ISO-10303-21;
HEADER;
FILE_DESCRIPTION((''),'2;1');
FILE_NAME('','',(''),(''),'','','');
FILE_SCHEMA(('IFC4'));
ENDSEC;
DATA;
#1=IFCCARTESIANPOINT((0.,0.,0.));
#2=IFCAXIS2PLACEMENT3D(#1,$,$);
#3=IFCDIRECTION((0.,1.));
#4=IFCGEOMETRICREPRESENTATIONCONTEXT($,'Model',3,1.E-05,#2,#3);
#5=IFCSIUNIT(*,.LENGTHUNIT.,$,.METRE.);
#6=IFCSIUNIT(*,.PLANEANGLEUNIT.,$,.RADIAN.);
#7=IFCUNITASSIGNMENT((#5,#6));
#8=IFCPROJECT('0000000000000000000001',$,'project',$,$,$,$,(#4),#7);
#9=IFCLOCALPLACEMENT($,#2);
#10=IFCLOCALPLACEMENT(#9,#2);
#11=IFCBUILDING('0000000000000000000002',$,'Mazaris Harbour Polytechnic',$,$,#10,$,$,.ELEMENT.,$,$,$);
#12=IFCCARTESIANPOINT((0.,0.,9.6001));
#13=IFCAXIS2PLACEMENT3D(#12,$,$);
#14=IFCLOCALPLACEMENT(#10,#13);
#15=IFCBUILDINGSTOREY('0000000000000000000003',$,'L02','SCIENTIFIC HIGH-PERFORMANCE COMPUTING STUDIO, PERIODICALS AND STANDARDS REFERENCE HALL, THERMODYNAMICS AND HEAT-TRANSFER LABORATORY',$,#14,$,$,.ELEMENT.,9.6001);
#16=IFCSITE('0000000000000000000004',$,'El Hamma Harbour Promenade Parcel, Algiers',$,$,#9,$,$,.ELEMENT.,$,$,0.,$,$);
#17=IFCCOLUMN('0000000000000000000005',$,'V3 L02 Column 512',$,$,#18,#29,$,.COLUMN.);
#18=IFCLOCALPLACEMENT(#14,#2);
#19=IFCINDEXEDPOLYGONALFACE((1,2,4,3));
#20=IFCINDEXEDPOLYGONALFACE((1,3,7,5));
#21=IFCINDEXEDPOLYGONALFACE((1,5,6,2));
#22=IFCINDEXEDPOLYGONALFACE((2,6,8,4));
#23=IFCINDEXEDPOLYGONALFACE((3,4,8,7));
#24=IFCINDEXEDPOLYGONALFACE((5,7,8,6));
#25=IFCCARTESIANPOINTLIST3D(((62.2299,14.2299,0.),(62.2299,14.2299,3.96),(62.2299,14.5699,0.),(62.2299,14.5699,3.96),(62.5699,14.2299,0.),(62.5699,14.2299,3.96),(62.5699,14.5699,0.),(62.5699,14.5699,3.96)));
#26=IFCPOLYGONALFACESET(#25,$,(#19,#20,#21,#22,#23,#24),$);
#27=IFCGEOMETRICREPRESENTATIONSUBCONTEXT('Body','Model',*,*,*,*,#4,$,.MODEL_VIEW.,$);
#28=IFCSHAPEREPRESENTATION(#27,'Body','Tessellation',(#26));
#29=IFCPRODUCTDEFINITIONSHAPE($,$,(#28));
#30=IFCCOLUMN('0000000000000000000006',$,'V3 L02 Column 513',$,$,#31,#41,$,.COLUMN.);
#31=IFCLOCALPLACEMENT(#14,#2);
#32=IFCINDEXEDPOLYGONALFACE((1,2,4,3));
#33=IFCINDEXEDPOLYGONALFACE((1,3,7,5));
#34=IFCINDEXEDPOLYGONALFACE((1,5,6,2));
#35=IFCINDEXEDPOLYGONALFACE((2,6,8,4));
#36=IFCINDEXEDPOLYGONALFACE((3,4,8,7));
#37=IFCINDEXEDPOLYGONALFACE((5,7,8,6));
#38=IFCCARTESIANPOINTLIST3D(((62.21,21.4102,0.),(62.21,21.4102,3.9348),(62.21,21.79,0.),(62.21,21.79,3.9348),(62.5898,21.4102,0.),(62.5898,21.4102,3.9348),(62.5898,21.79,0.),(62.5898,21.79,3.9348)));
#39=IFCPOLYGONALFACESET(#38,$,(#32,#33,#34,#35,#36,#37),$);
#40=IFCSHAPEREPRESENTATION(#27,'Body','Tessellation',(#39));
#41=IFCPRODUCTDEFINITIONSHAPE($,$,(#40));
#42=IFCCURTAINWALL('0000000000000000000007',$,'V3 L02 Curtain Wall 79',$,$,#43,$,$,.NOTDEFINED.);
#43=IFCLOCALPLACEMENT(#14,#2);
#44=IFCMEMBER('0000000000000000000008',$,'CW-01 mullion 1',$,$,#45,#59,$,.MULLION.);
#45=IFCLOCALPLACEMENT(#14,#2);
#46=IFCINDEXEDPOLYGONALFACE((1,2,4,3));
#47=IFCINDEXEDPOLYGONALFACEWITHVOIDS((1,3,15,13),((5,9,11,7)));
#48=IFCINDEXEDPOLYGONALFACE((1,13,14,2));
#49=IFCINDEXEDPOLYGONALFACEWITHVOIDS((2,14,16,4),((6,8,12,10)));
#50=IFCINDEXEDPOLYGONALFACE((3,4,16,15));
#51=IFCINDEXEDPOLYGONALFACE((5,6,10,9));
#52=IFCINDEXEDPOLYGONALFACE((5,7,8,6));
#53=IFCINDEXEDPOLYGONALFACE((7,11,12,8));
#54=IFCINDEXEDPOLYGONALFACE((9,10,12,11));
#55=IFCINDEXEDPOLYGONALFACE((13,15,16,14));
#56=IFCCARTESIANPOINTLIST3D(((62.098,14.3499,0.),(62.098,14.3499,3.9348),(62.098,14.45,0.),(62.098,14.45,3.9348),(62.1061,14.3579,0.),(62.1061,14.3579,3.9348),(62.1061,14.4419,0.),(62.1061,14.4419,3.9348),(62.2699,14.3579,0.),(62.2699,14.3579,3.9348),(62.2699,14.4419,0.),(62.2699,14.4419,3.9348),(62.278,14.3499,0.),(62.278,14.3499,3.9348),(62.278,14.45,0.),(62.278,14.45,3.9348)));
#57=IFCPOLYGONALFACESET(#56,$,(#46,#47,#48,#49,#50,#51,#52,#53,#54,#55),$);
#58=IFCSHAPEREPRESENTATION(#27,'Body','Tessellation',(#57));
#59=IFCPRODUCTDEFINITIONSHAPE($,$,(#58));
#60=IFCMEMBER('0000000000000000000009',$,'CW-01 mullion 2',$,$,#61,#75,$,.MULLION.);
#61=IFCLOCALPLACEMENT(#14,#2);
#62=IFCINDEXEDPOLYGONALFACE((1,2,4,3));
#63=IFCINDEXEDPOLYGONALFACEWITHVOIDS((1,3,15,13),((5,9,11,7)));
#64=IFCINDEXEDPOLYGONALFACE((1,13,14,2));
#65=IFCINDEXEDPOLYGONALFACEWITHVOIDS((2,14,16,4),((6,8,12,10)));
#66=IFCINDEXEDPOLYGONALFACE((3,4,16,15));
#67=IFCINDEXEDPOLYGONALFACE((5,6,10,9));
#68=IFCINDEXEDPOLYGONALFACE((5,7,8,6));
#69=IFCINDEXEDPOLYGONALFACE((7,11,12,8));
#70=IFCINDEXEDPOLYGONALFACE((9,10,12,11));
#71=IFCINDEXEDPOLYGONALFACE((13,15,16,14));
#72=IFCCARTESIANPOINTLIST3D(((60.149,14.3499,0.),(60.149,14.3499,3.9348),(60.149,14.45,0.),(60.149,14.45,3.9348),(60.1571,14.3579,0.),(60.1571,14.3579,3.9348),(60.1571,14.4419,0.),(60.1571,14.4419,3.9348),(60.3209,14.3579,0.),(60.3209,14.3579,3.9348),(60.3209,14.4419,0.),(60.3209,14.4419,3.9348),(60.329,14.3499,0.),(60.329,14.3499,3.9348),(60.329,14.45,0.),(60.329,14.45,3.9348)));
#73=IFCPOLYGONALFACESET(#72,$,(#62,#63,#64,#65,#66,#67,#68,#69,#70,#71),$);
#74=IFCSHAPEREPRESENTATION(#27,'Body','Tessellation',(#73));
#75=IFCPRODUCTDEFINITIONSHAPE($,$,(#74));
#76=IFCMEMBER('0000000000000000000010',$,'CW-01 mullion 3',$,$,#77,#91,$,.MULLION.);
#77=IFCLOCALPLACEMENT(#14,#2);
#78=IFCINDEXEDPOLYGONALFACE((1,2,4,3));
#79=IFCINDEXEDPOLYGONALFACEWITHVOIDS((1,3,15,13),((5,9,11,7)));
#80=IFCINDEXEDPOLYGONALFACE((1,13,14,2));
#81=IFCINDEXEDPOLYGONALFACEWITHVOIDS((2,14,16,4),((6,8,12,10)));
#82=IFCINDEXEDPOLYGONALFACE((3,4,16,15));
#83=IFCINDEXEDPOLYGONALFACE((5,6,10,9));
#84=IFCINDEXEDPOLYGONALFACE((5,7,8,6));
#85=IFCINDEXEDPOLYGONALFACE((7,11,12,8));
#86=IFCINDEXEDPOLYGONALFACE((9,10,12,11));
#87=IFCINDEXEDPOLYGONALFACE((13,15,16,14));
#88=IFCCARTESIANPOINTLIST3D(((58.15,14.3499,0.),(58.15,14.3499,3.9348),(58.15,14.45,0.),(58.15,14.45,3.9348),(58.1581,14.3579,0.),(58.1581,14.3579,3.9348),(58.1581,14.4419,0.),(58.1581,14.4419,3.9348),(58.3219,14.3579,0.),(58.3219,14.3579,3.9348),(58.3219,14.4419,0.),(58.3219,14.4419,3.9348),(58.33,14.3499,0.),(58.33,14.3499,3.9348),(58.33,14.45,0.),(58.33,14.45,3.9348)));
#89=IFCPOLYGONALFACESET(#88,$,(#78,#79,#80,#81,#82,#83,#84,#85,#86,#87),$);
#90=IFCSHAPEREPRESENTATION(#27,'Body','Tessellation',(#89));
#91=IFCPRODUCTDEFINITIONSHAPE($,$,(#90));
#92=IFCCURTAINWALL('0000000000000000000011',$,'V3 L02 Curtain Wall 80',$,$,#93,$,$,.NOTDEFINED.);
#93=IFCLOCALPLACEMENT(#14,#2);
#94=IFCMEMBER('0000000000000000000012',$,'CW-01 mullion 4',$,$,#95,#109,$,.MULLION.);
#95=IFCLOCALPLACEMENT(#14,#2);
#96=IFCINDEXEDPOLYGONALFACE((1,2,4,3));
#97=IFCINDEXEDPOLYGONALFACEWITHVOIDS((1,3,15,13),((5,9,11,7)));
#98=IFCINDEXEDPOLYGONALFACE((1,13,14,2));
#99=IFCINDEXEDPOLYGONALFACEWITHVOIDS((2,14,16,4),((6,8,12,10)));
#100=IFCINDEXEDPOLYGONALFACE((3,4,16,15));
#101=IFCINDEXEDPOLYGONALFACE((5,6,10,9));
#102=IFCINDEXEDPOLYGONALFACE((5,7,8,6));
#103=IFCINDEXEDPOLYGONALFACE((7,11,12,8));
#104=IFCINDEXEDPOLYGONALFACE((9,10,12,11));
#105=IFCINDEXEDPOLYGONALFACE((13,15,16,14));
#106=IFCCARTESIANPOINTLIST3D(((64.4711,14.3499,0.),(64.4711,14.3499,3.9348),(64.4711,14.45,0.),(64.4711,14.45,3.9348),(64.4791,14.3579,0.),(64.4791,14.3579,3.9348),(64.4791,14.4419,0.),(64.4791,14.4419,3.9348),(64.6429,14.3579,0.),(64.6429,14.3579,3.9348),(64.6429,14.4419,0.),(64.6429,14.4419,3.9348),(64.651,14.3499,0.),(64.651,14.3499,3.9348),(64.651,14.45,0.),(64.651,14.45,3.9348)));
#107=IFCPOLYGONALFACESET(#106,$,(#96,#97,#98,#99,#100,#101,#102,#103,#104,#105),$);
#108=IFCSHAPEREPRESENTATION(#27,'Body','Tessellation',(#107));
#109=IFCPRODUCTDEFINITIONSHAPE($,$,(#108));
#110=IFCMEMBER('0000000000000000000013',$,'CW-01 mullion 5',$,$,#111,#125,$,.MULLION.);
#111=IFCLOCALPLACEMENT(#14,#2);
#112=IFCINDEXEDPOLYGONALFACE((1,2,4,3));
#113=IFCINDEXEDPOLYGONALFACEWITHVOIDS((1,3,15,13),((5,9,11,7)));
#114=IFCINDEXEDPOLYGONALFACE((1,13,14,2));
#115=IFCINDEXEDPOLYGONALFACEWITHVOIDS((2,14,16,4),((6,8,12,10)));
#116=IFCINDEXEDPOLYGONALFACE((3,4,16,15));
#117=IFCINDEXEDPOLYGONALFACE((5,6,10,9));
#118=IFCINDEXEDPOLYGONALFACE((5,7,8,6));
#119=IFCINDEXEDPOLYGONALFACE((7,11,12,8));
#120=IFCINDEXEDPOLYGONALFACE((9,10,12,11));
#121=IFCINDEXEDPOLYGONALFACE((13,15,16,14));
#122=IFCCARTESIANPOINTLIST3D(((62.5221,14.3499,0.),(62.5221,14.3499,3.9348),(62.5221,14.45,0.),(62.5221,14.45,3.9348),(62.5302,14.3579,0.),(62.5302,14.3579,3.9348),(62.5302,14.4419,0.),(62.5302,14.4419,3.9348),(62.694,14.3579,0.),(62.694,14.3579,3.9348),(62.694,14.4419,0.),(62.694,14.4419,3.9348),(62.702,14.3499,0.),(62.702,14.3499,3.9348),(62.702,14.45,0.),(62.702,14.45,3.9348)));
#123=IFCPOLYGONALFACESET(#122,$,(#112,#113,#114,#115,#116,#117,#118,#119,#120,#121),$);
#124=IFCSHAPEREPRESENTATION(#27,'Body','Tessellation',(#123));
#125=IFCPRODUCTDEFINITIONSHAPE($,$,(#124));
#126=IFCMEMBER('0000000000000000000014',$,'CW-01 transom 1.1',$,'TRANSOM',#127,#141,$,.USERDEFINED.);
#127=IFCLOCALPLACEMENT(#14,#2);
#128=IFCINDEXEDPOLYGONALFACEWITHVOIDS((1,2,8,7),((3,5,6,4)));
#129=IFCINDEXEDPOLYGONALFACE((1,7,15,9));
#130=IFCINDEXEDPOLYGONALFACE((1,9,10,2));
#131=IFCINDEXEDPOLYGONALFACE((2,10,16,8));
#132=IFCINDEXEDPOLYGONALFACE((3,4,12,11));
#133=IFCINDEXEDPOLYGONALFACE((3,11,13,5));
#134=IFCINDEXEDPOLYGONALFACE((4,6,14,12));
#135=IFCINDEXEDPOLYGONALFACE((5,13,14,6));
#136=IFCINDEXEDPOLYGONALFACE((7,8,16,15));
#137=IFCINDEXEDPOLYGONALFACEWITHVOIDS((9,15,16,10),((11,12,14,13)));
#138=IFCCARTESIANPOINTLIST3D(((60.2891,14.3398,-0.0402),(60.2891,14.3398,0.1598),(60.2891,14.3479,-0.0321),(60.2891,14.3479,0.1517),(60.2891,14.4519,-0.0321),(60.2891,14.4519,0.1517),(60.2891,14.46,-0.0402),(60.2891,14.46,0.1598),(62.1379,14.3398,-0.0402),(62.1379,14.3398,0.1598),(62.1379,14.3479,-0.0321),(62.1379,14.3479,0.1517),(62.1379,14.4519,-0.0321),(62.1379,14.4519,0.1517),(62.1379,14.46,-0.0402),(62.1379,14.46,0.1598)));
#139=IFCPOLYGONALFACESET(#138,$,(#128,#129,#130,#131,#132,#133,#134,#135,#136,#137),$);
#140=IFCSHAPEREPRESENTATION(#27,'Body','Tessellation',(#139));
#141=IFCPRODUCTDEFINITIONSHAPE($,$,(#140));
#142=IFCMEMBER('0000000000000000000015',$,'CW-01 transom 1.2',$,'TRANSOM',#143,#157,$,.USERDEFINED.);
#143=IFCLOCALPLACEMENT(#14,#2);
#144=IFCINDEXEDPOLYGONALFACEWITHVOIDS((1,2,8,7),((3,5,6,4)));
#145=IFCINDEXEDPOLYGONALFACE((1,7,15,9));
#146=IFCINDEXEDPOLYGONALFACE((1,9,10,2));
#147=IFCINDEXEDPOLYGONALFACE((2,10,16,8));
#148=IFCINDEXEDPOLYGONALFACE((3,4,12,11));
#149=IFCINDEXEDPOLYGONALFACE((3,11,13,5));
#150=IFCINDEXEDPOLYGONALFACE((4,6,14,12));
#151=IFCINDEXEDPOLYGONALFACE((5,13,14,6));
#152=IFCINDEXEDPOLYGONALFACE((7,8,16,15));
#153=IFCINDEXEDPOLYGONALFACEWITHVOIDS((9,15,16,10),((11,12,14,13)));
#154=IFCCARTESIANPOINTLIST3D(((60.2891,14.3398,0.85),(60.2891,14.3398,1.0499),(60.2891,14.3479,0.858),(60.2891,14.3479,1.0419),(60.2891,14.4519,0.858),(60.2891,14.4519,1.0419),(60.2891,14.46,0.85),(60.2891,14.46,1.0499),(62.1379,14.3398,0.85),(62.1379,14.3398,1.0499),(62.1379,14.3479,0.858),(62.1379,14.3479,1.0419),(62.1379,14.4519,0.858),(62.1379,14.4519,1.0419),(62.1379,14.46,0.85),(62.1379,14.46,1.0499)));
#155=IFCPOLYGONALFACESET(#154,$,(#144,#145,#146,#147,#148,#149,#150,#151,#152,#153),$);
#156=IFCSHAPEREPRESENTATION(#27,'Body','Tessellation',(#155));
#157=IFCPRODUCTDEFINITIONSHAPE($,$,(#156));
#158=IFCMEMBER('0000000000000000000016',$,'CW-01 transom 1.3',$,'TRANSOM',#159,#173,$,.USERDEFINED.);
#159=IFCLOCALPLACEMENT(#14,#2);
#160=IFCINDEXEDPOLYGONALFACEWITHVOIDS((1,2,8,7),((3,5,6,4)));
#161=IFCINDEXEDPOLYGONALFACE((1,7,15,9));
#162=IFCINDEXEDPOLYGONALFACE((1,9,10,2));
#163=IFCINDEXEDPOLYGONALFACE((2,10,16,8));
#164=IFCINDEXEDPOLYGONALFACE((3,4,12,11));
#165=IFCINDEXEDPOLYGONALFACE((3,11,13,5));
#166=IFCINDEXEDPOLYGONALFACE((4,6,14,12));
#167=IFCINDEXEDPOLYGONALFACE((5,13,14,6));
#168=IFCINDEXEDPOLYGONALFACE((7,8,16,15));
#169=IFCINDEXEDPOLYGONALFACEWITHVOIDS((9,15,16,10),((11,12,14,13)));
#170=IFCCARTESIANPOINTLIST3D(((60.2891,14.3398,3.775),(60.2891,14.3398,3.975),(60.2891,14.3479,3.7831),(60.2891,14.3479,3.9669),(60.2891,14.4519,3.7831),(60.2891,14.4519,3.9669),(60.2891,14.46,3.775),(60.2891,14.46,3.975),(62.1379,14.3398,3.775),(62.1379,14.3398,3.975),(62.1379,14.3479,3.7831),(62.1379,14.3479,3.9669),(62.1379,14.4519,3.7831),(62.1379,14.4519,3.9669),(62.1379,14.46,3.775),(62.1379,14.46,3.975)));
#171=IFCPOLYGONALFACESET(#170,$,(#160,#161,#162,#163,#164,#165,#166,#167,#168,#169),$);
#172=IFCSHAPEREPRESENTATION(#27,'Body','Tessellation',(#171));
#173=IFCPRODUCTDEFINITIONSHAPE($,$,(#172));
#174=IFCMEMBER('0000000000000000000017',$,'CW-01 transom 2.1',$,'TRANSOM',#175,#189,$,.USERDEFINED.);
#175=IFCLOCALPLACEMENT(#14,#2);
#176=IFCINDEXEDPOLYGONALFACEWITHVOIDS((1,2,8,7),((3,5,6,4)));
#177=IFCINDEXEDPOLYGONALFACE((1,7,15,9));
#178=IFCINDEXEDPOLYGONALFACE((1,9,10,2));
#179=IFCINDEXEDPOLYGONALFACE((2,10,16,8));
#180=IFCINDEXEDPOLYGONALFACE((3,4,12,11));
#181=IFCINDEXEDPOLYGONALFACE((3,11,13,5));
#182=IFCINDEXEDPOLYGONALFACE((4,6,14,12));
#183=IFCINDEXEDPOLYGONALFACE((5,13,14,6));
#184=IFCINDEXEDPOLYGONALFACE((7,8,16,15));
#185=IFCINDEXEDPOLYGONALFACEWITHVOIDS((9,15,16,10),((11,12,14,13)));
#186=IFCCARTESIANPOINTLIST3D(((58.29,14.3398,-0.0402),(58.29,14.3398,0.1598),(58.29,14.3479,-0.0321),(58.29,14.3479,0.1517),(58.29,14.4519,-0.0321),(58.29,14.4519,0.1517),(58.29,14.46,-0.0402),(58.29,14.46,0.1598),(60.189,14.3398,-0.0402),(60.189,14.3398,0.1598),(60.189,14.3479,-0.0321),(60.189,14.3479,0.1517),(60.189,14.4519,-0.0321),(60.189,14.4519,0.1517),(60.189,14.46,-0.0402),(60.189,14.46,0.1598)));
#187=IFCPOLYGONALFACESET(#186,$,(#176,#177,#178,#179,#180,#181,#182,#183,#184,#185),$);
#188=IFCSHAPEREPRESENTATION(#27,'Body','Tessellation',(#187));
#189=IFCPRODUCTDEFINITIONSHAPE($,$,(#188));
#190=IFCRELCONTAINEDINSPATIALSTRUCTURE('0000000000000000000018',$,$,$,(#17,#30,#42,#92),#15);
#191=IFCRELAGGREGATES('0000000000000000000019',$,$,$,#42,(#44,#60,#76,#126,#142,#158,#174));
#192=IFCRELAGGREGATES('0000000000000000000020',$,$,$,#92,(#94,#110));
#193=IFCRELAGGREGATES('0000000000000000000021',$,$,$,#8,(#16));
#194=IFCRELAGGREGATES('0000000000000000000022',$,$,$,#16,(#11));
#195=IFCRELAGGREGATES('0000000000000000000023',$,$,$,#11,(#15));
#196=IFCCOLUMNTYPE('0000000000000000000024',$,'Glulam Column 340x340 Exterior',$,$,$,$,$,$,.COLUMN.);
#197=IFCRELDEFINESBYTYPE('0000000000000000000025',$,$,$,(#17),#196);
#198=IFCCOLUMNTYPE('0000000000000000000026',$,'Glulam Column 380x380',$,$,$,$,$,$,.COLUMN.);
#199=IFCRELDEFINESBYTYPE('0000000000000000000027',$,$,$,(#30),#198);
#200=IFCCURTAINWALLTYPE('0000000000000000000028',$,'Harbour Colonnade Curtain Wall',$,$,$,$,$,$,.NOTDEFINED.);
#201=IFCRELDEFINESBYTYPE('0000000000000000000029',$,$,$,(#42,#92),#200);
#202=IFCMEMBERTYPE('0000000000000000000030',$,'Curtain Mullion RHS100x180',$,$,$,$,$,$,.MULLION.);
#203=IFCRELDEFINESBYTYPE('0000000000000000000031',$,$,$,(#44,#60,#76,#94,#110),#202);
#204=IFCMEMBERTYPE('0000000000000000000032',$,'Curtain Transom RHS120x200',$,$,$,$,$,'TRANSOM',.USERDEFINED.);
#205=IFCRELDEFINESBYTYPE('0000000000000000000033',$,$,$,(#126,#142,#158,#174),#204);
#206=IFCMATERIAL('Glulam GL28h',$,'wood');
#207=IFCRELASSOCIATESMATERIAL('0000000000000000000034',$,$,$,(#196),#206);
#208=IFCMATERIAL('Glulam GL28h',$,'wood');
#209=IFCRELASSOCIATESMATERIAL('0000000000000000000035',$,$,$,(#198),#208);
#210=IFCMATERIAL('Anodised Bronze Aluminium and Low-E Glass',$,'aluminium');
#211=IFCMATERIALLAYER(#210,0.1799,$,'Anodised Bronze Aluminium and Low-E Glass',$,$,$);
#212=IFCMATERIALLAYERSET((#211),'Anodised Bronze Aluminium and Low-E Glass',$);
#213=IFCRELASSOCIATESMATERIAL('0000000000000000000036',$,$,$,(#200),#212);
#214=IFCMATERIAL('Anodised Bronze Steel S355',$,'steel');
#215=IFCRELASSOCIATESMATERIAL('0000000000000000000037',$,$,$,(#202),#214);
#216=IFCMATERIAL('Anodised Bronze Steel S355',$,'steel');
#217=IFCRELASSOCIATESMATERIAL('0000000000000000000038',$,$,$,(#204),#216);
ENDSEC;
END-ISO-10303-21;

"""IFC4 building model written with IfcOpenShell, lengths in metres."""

from ifc_helpers import new_model, si_unit, direction, frame, origin, origin_2d, place, context, subcontext, project, spatial, rectangle, hollow_rectangle, extrude, material, layer, layer_set, material_profile, profile_set, type_object, element, aggregate, save


model = new_model("IFC4")

# Units and contexts
model_context = context("Model", 3, precision=1e-05, world=origin(), true_north=direction((0.0, 1.0)))
body_context = subcontext(model_context, "Body", "Model", "MODEL_VIEW")
ifc_project = project(units=[si_unit("LENGTHUNIT", "METRE"), si_unit("PLANEANGLEUNIT", "RADIAN")], contexts=[model_context])

# Site, building, storey
site_placement = place(None, origin())
site = spatial("IfcSite", under=ifc_project, at=site_placement, Name="El Hamma Harbour Promenade Parcel, Algiers", CompositionType="ELEMENT", RefElevation=0.0)
building_placement = place(site_placement, origin())
building = spatial("IfcBuilding", under=site, at=building_placement, Name="Mazaris Harbour Polytechnic", CompositionType="ELEMENT")
storey_placement = place(building_placement, frame((0.0, 0.0, 9.6001)))
storey = spatial("IfcBuildingStorey", under=building, at=storey_placement, Name="L02", Description="SCIENTIFIC HIGH-PERFORMANCE COMPUTING STUDIO, PERIODICALS AND STANDARDS REFERENCE HALL, THERMODYNAMICS AND HEAT-TRANSFER LABORATORY", CompositionType="ELEMENT", Elevation=9.6001)

# Columns
ifc_material_1 = material(Name="Glulam GL28h", Category="wood")
ifc_material_profile_1 = material_profile(ifc_material_1, rectangle(XDim=0.3401, YDim=0.3401, at=origin_2d()), Name="RECT340x340")
ifc_profile_set_1 = profile_set([ifc_material_profile_1], Name="Glulam GL28h")
column_type_1 = type_object("IfcColumnType", Name="Glulam Column 340x340 Exterior", PredefinedType="COLUMN", material=ifc_profile_set_1)
column_1_placement = place(storey_placement, frame((62.3999, 14.3999, 0.0), z_axis=(0.0, 0.0, 1.0), x_axis=(1.0, 0.0, 0.0)))
element("IfcColumn", 1, at=column_1_placement, inside=storey, type_object=column_type_1, Name="V3 L02 Column 512", PredefinedType="COLUMN", context=body_context, shape_type="SweptSolid", body=[
    extrude(rectangle(XDim=0.3401, YDim=0.3401, at=origin_2d()), origin(), (0.0, 0.0, 1.0), 3.96),
])
ifc_material_2 = material(Name="Glulam GL28h", Category="wood")
ifc_material_profile_2 = material_profile(ifc_material_2, rectangle(XDim=0.3799, YDim=0.3799, at=origin_2d()), Name="RECT380x380")
ifc_profile_set_2 = profile_set([ifc_material_profile_2], Name="Glulam GL28h")
column_type_2 = type_object("IfcColumnType", Name="Glulam Column 380x380", PredefinedType="COLUMN", material=ifc_profile_set_2)
column_2_placement = place(storey_placement, frame((62.3999, 21.6001, 0.0), z_axis=(0.0, 0.0, 1.0), x_axis=(1.0, 0.0, 0.0)))
element("IfcColumn", 2, at=column_2_placement, inside=storey, type_object=column_type_2, Name="V3 L02 Column 513", PredefinedType="COLUMN", context=body_context, shape_type="SweptSolid", body=[
    extrude(rectangle(XDim=0.3799, YDim=0.3799, at=origin_2d()), origin(), (0.0, 0.0, 1.0), 3.9348),
])

# Curtain walls, members
ifc_material_3 = material(Name="Anodised Bronze Aluminium and Low-E Glass", Category="aluminium")
ifc_layer_1 = layer(ifc_material_3, 0.1799, Name="Anodised Bronze Aluminium and Low-E Glass")
ifc_layer_set_1 = layer_set([ifc_layer_1], Name="Anodised Bronze Aluminium and Low-E Glass")
curtain_wall_type = type_object("IfcCurtainWallType", Name="Harbour Colonnade Curtain Wall", PredefinedType="NOTDEFINED", material=ifc_layer_set_1)
curtain_wall_1_placement = place(storey_placement, origin())
curtain_wall_1 = element("IfcCurtainWall", 3, at=curtain_wall_1_placement, inside=storey, type_object=curtain_wall_type, Name="V3 L02 Curtain Wall 79", PredefinedType="NOTDEFINED")
ifc_material_4 = material(Name="Anodised Bronze Steel S355", Category="steel")
ifc_material_profile_3 = material_profile(ifc_material_4, hollow_rectangle(XDim=0.1001, YDim=0.1799, WallThickness=0.0081, at=origin_2d()), Name="RHS 100x180x8.0")
ifc_profile_set_3 = profile_set([ifc_material_profile_3], Name="Anodised Bronze Steel S355")
member_type_1 = type_object("IfcMemberType", Name="Curtain Mullion RHS100x180", PredefinedType="MULLION", material=ifc_profile_set_3)
member_1_placement = place(storey_placement, frame((62.188, 14.3999, 0.0), z_axis=(0.0, 0.0, 1.0), x_axis=(0.0, -1.0, 0.0)))
member_1 = element("IfcMember", 4, at=member_1_placement, type_object=member_type_1, Name="CW-01 mullion 1", PredefinedType="MULLION", context=body_context, shape_type="SweptSolid", body=[
    extrude(hollow_rectangle(XDim=0.1001, YDim=0.1799, WallThickness=0.0081, at=origin_2d()), origin(), (0.0, 0.0, 1.0), 3.9348),
])
member_2_placement = place(storey_placement, frame((60.239, 14.3999, 0.0), z_axis=(0.0, 0.0, 1.0), x_axis=(0.0, -1.0, 0.0)))
member_2 = element("IfcMember", 5, at=member_2_placement, type_object=member_type_1, Name="CW-01 mullion 2", PredefinedType="MULLION", context=body_context, shape_type="SweptSolid", body=[
    extrude(hollow_rectangle(XDim=0.1001, YDim=0.1799, WallThickness=0.0081, at=origin_2d()), origin(), (0.0, 0.0, 1.0), 3.9348),
])
member_3_placement = place(storey_placement, frame((58.24, 14.3999, 0.0), z_axis=(0.0, 0.0, 1.0), x_axis=(0.0, -1.0, 0.0)))
member_3 = element("IfcMember", 6, at=member_3_placement, type_object=member_type_1, Name="CW-01 mullion 3", PredefinedType="MULLION", context=body_context, shape_type="SweptSolid", body=[
    extrude(hollow_rectangle(XDim=0.1001, YDim=0.1799, WallThickness=0.0081, at=origin_2d()), origin(), (0.0, 0.0, 1.0), 3.9348),
])
curtain_wall_2_placement = place(storey_placement, origin())
curtain_wall_2 = element("IfcCurtainWall", 7, at=curtain_wall_2_placement, inside=storey, type_object=curtain_wall_type, Name="V3 L02 Curtain Wall 80", PredefinedType="NOTDEFINED")
member_4_placement = place(storey_placement, frame((64.561, 14.3999, 0.0), z_axis=(0.0, 0.0, 1.0), x_axis=(0.0, -1.0, 0.0)))
member_4 = element("IfcMember", 8, at=member_4_placement, type_object=member_type_1, Name="CW-01 mullion 4", PredefinedType="MULLION", context=body_context, shape_type="SweptSolid", body=[
    extrude(hollow_rectangle(XDim=0.1001, YDim=0.1799, WallThickness=0.0081, at=origin_2d()), origin(), (0.0, 0.0, 1.0), 3.9348),
])
member_5_placement = place(storey_placement, frame((62.6121, 14.3999, 0.0), z_axis=(0.0, 0.0, 1.0), x_axis=(0.0, -1.0, 0.0)))
member_5 = element("IfcMember", 9, at=member_5_placement, type_object=member_type_1, Name="CW-01 mullion 5", PredefinedType="MULLION", context=body_context, shape_type="SweptSolid", body=[
    extrude(hollow_rectangle(XDim=0.1001, YDim=0.1799, WallThickness=0.0081, at=origin_2d()), origin(), (0.0, 0.0, 1.0), 3.9348),
])

# Members
ifc_material_5 = material(Name="Anodised Bronze Steel S355", Category="steel")
ifc_material_profile_4 = material_profile(ifc_material_5, hollow_rectangle(XDim=0.1201, YDim=0.2, WallThickness=0.0081, at=origin_2d()), Name="RHS 120x200x8.0")
ifc_profile_set_4 = profile_set([ifc_material_profile_4], Name="Anodised Bronze Steel S355")
member_type_2 = type_object("IfcMemberType", Name="Curtain Transom RHS120x200", ElementType="TRANSOM", PredefinedType="USERDEFINED", material=ifc_profile_set_4)
member_6_placement = place(storey_placement, frame((62.1379, 14.3999, 0.0598), z_axis=(-1.0, 0.0, 0.0), x_axis=(0.0, -1.0, 0.0)))
member_6 = element("IfcMember", 10, at=member_6_placement, type_object=member_type_2, Name="CW-01 transom 1.1", ObjectType="TRANSOM", PredefinedType="USERDEFINED", context=body_context, shape_type="SweptSolid", body=[
    extrude(hollow_rectangle(XDim=0.1201, YDim=0.2, WallThickness=0.0081, at=origin_2d()), origin(), (0.0, 0.0, 1.0), 1.8489),
])
member_7_placement = place(storey_placement, frame((62.1379, 14.3999, 0.95), z_axis=(-1.0, 0.0, 0.0), x_axis=(0.0, -1.0, 0.0)))
member_7 = element("IfcMember", 11, at=member_7_placement, type_object=member_type_2, Name="CW-01 transom 1.2", ObjectType="TRANSOM", PredefinedType="USERDEFINED", context=body_context, shape_type="SweptSolid", body=[
    extrude(hollow_rectangle(XDim=0.1201, YDim=0.2, WallThickness=0.0081, at=origin_2d()), origin(), (0.0, 0.0, 1.0), 1.8489),
])
member_8_placement = place(storey_placement, frame((62.1379, 14.3999, 3.875), z_axis=(-1.0, 0.0, 0.0), x_axis=(0.0, -1.0, 0.0)))
member_8 = element("IfcMember", 12, at=member_8_placement, type_object=member_type_2, Name="CW-01 transom 1.3", ObjectType="TRANSOM", PredefinedType="USERDEFINED", context=body_context, shape_type="SweptSolid", body=[
    extrude(hollow_rectangle(XDim=0.1201, YDim=0.2, WallThickness=0.0081, at=origin_2d()), origin(), (0.0, 0.0, 1.0), 1.8489),
])
member_9_placement = place(storey_placement, frame((60.189, 14.3999, 0.0598), z_axis=(-1.0, 0.0, 0.0), x_axis=(0.0, -1.0, 0.0)))
member_9 = element("IfcMember", 13, at=member_9_placement, type_object=member_type_2, Name="CW-01 transom 2.1", ObjectType="TRANSOM", PredefinedType="USERDEFINED", context=body_context, shape_type="SweptSolid", body=[
    extrude(hollow_rectangle(XDim=0.1201, YDim=0.2, WallThickness=0.0081, at=origin_2d()), origin(), (0.0, 0.0, 1.0), 1.8989),
])

aggregate(curtain_wall_1, [member_1, member_2, member_3, member_6, member_7, member_8, member_9])
aggregate(curtain_wall_2, [member_4, member_5])

save(model, "model.ifc")
